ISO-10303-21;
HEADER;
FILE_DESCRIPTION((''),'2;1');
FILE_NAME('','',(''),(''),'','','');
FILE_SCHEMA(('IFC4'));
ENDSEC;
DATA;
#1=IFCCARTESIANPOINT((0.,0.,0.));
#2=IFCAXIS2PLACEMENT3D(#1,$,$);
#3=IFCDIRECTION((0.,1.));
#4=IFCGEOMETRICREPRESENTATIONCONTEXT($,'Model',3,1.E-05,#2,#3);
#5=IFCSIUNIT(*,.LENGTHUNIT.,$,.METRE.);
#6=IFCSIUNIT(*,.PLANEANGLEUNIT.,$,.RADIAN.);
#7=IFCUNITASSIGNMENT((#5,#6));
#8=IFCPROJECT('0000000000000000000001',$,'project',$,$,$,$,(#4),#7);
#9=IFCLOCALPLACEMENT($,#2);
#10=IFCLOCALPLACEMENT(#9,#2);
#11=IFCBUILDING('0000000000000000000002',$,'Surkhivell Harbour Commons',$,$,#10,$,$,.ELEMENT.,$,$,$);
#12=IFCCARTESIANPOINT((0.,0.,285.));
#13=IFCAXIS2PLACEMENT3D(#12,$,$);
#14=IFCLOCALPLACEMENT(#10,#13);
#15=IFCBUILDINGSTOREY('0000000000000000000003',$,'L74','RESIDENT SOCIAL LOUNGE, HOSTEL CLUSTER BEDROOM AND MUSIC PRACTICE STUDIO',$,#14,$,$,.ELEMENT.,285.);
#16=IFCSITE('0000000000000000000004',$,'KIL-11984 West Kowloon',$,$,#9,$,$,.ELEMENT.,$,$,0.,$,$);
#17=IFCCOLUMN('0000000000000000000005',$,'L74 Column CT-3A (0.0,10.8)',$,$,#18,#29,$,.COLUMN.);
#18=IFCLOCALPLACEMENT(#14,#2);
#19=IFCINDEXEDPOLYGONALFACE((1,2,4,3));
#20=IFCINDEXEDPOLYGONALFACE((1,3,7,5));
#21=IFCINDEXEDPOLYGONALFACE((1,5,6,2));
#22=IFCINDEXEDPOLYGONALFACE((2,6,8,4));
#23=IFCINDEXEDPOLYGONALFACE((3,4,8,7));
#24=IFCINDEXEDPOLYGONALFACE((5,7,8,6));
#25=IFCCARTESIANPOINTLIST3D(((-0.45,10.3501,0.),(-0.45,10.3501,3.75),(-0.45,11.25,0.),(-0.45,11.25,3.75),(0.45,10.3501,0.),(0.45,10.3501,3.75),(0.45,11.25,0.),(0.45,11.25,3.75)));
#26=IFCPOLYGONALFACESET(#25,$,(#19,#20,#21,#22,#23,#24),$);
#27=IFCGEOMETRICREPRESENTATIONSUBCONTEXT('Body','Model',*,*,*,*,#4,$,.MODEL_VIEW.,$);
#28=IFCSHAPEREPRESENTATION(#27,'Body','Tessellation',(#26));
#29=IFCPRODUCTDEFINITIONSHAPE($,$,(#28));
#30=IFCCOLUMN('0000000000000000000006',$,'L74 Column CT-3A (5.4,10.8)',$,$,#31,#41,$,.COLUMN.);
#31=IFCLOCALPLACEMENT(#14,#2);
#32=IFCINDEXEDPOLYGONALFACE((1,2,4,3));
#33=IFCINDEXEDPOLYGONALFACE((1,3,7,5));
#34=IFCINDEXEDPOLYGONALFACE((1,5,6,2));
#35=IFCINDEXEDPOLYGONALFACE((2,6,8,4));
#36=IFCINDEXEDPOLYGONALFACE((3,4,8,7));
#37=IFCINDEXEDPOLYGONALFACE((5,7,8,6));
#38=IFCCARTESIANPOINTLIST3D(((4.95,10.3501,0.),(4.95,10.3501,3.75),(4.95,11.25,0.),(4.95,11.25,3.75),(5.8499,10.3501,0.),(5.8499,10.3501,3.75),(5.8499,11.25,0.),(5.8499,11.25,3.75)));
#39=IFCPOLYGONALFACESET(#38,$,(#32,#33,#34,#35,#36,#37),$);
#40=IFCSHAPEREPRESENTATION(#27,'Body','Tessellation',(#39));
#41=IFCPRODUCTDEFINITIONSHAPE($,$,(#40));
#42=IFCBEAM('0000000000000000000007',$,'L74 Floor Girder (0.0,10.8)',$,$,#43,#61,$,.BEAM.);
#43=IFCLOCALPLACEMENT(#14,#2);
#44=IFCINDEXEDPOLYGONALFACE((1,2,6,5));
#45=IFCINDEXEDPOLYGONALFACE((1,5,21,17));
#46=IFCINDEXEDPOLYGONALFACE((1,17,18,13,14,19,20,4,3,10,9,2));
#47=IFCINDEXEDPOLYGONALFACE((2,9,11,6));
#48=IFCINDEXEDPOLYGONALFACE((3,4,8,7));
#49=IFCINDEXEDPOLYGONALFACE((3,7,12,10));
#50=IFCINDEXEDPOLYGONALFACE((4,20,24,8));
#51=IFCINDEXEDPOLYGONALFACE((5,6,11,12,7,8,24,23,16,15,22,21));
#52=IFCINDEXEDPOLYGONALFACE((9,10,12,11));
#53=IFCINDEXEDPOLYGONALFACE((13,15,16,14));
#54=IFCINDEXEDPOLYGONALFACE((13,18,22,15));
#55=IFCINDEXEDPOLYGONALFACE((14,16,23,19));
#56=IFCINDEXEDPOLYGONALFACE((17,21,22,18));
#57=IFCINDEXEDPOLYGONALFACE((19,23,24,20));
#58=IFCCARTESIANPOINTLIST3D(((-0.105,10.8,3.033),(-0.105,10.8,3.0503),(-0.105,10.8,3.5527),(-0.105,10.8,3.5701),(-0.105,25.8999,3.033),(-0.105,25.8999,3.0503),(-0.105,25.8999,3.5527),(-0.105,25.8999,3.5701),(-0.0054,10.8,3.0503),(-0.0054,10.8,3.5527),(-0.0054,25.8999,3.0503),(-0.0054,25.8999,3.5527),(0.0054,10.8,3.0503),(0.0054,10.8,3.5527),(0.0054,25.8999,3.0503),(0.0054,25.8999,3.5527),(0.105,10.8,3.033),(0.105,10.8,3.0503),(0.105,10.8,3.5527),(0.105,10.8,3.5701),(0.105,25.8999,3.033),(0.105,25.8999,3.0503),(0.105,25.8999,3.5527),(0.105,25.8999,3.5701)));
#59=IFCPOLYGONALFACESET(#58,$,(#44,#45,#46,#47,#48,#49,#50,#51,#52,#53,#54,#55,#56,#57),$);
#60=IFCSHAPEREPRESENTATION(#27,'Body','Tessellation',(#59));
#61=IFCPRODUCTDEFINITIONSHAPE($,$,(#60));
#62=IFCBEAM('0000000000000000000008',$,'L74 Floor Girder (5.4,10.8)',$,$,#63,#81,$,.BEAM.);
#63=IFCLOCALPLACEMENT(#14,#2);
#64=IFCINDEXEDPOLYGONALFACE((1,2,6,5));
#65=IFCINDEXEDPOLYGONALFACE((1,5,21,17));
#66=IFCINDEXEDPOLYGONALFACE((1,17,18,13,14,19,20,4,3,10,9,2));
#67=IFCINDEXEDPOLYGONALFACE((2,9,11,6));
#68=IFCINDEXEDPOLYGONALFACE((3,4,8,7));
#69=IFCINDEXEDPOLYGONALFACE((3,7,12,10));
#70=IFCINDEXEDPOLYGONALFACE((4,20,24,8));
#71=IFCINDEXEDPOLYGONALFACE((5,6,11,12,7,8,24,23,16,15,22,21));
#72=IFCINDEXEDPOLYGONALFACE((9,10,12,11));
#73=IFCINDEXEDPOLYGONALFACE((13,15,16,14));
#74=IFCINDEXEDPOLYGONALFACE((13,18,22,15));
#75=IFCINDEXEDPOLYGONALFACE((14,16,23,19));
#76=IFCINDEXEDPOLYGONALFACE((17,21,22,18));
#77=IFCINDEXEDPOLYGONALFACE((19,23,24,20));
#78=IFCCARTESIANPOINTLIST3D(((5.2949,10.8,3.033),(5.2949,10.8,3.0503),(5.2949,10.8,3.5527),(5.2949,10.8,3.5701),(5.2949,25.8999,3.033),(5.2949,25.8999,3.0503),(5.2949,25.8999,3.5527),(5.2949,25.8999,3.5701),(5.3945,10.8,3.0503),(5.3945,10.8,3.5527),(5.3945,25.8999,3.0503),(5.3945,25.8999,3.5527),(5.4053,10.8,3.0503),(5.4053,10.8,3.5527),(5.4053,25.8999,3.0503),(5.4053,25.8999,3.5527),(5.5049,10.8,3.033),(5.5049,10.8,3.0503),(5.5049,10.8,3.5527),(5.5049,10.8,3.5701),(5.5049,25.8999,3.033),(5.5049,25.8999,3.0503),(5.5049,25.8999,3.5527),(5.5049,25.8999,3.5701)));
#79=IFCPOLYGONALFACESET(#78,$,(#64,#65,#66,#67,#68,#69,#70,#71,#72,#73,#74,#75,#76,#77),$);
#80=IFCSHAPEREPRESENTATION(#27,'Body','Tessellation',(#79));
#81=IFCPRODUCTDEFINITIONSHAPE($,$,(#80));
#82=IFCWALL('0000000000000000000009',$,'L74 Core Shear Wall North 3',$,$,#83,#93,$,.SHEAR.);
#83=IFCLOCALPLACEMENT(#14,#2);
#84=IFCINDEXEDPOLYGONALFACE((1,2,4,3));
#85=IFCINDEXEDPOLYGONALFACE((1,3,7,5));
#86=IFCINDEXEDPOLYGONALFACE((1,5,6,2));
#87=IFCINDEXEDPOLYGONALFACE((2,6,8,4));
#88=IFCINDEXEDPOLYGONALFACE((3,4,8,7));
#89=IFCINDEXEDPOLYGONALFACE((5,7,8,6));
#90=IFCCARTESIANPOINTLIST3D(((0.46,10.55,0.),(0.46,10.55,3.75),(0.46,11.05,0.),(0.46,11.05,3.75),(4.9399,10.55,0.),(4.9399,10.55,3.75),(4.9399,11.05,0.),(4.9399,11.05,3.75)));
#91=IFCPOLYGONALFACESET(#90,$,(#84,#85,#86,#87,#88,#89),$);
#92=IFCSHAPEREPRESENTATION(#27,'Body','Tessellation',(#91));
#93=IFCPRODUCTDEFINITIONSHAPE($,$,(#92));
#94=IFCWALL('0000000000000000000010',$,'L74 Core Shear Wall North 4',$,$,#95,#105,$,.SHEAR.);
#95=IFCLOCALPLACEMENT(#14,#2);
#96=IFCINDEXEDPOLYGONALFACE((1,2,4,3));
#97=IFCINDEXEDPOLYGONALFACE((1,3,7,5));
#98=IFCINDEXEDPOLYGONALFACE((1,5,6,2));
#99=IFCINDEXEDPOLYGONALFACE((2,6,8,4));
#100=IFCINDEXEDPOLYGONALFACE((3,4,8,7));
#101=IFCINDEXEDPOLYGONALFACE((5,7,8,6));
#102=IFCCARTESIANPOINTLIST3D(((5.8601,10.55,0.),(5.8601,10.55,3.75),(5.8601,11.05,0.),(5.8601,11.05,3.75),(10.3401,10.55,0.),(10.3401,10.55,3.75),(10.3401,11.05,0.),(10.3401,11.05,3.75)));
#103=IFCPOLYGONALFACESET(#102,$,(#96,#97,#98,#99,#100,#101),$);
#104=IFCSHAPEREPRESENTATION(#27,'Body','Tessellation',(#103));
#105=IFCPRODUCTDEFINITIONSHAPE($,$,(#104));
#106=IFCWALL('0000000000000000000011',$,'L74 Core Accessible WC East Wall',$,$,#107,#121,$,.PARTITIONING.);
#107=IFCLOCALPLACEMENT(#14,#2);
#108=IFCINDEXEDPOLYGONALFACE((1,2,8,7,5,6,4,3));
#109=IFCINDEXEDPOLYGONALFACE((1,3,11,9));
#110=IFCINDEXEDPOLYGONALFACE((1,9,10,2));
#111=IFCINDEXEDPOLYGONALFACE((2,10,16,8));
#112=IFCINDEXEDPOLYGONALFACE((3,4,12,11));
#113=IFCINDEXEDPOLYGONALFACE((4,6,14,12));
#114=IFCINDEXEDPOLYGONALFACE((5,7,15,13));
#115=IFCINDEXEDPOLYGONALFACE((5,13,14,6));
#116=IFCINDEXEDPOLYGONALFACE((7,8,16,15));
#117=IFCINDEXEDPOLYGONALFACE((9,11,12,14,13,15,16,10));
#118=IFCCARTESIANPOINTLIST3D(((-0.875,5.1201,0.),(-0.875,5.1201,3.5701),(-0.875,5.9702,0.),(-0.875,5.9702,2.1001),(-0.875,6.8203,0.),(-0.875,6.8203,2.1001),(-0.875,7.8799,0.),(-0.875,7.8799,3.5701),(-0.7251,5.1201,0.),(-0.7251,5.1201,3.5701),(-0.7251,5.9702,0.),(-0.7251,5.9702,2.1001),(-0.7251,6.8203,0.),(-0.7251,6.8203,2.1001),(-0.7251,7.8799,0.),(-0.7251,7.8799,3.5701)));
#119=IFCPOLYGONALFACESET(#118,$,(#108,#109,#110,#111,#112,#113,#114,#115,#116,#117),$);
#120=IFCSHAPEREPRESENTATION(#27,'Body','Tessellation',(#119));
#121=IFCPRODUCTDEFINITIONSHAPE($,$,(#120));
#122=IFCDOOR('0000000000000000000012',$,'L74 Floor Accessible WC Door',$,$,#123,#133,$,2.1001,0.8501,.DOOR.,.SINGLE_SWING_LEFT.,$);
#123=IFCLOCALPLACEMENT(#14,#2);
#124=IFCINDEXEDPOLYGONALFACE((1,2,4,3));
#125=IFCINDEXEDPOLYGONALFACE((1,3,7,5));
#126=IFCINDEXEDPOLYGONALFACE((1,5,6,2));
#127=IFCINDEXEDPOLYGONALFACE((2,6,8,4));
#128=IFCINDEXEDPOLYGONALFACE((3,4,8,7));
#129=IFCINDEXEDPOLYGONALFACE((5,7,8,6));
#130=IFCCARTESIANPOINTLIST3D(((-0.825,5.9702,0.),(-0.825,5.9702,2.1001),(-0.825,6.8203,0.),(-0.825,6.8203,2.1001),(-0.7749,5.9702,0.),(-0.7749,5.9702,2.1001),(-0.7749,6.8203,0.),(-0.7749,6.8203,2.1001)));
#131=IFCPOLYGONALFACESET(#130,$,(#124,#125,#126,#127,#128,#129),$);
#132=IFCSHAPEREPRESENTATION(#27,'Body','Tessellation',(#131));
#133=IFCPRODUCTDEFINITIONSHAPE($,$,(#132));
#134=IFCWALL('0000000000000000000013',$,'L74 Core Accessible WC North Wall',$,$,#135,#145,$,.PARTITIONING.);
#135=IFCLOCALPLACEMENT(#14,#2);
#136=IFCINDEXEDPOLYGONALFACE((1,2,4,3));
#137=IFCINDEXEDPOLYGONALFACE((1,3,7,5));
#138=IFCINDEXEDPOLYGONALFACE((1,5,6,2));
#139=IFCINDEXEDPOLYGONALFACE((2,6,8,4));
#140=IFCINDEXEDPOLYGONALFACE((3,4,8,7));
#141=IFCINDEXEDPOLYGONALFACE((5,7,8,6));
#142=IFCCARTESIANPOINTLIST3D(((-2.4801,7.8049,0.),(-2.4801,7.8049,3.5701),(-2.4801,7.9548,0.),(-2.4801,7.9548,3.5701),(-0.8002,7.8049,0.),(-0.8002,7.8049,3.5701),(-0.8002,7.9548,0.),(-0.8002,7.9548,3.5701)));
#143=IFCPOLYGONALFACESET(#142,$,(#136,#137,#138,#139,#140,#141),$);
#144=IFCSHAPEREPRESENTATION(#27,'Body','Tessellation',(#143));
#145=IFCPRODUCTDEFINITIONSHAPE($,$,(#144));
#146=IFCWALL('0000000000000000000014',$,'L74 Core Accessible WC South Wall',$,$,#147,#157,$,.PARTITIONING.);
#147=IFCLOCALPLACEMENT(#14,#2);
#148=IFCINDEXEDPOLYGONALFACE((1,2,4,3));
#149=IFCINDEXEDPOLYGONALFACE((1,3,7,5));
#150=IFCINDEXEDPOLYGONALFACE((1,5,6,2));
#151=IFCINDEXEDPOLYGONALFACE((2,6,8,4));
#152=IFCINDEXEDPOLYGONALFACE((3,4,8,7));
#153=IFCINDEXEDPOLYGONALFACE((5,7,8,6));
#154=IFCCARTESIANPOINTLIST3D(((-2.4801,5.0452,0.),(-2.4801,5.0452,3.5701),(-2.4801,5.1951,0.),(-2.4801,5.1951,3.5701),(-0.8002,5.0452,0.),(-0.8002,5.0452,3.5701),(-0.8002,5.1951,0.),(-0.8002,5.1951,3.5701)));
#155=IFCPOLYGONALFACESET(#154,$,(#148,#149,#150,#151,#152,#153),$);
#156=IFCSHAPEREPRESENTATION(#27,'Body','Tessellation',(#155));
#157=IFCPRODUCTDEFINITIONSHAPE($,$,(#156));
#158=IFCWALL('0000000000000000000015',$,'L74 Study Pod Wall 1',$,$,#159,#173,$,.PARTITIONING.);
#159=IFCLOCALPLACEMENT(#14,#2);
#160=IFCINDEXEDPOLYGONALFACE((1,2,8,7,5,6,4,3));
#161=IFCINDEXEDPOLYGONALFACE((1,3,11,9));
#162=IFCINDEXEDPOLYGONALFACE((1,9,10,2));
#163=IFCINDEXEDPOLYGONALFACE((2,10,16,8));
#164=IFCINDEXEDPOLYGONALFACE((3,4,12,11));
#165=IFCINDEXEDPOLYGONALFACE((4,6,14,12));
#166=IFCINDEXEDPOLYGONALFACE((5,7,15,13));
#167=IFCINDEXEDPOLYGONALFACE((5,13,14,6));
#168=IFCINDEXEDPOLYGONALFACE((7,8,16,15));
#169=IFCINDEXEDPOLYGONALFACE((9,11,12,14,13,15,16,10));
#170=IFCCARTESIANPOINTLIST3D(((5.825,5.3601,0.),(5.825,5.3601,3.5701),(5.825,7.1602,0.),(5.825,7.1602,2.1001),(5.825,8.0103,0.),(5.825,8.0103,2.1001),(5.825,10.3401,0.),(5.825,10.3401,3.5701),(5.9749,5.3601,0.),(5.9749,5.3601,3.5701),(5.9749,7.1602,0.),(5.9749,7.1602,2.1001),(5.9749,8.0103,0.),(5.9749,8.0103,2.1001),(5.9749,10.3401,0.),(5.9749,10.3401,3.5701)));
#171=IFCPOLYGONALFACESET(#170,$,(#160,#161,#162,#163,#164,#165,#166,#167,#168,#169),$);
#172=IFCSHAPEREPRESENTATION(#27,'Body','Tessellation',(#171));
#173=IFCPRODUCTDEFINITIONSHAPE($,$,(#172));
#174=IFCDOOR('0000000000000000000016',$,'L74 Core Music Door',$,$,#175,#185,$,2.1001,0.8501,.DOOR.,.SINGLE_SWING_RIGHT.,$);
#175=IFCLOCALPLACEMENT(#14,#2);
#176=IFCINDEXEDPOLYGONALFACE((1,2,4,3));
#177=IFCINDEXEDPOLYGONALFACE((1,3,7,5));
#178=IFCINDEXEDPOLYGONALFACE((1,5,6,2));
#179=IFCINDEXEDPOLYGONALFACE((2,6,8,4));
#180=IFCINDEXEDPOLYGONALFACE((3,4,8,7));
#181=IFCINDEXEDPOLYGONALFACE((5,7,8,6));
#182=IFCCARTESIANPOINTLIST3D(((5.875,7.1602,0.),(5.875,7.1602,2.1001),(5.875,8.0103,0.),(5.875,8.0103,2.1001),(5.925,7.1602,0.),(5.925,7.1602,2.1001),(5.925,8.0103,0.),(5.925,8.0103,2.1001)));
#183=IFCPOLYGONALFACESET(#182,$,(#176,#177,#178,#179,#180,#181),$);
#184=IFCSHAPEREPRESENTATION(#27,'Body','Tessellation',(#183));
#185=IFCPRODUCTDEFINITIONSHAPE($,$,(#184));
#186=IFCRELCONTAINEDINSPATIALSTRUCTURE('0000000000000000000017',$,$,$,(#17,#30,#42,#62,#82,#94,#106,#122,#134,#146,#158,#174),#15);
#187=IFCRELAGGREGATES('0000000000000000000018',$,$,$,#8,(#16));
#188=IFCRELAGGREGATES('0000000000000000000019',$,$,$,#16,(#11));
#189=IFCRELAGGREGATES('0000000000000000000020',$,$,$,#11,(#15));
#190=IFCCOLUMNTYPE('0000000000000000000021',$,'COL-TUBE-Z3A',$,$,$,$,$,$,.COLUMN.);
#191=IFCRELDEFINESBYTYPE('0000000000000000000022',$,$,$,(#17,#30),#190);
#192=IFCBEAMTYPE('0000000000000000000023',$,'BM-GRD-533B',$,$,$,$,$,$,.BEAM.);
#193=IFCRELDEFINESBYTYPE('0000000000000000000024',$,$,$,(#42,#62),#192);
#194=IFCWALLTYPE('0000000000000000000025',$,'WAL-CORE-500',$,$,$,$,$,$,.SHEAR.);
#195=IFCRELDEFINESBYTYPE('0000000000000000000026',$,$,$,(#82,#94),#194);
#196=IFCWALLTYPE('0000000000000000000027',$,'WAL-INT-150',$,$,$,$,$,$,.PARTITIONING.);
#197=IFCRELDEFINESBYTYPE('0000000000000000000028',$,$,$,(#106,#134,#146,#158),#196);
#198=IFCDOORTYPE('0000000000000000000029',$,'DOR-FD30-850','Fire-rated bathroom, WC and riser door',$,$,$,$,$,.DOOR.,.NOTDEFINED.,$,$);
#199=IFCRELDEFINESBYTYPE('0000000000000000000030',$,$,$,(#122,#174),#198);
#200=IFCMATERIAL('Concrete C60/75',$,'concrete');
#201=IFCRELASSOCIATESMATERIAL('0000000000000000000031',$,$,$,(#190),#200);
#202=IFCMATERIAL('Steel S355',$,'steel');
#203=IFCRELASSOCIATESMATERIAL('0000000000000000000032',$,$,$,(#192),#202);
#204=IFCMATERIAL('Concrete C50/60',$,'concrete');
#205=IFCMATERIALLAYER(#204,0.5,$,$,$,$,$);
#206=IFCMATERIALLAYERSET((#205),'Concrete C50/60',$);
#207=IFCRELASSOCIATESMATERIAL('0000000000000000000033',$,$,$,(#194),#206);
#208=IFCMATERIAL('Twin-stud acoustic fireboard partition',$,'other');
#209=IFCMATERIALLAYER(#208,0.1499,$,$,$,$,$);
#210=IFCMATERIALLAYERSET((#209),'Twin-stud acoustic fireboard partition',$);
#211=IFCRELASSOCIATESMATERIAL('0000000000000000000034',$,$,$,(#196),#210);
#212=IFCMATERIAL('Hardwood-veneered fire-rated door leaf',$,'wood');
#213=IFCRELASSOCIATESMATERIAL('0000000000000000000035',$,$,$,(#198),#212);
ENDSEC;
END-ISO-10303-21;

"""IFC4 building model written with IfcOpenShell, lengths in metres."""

from ifc_helpers import new_model, si_unit, direction, frame, frame_2d, origin, origin_2d, place, context, subcontext, project, spatial, rectangle, i_section, extrude, material, layer, layer_set, material_profile, profile_set, type_object, element, fill, save


model = new_model("IFC4")

# Units and contexts
model_context = context("Model", 3, precision=1e-05, world=origin(), true_north=direction((0.0, 1.0)))
body_context = subcontext(model_context, "Body", "Model", "MODEL_VIEW")
ifc_project = project(units=[si_unit("LENGTHUNIT", "METRE"), si_unit("PLANEANGLEUNIT", "RADIAN")], contexts=[model_context])

# Site, building, storey
site_placement = place(None, origin())
site = spatial("IfcSite", under=ifc_project, at=site_placement, Name="KIL-11984 West Kowloon", CompositionType="ELEMENT", RefElevation=0.0)
building_placement = place(site_placement, origin())
building = spatial("IfcBuilding", under=site, at=building_placement, Name="Surkhivell Harbour Commons", CompositionType="ELEMENT")
storey_placement = place(building_placement, frame((0.0, 0.0, 285.0)))
storey = spatial("IfcBuildingStorey", under=building, at=storey_placement, Name="L74", Description="RESIDENT SOCIAL LOUNGE, HOSTEL CLUSTER BEDROOM AND MUSIC PRACTICE STUDIO", CompositionType="ELEMENT", Elevation=285.0)

# Columns
ifc_material_1 = material(Name="Concrete C60/75", Category="concrete")
ifc_material_profile_1 = material_profile(ifc_material_1, rectangle(XDim=0.8999, YDim=0.8999, at=origin_2d()), Name="RC-COL-900x900")
ifc_profile_set_1 = profile_set([ifc_material_profile_1], Name="Concrete C60/75")
column_type = type_object("IfcColumnType", Name="COL-TUBE-Z3A", PredefinedType="COLUMN", material=ifc_profile_set_1)
for number, where, z_axis, x_axis, name in (
    (1, (0.0, 10.8, 0.0), (0.0, 0.0, 1.0), (1.0, 0.0, 0.0), "L74 Column CT-3A (0.0,10.8)"),
    (2, (5.3999, 10.8, 0.0), (0.0, 0.0, 1.0), (1.0, 0.0, 0.0), "L74 Column CT-3A (5.4,10.8)"),
):
    element("IfcColumn", number, at=place(storey_placement, frame(where, z_axis=z_axis, x_axis=x_axis)), inside=storey, type_object=column_type, Name=name, PredefinedType="COLUMN", context=body_context, shape_type="SweptSolid", body=[
        extrude(rectangle(XDim=0.8999, YDim=0.8999, at=origin_2d()), origin(), (0.0, 0.0, 1.0), 3.75),
    ])

# Beams
ifc_material_2 = material(Name="Steel S355", Category="steel")
ifc_material_profile_2 = material_profile(ifc_material_2, i_section(OverallWidth=0.21, OverallDepth=0.5371, WebThickness=0.0107, FlangeThickness=0.0173, at=origin_2d()), Name="UB533x210x101")
ifc_profile_set_2 = profile_set([ifc_material_profile_2], Name="Steel S355")
beam_type = type_object("IfcBeamType", Name="BM-GRD-533B", PredefinedType="BEAM", material=ifc_profile_set_2)
for number, where, z_axis, x_axis, name in (
    (3, (0.0, 10.8, 3.3015), (0.0, 1.0, 0.0), (-1.0, 0.0, 0.0), "L74 Floor Girder (0.0,10.8)"),
    (4, (5.3999, 10.8, 3.3015), (0.0, 1.0, 0.0), (-1.0, 0.0, 0.0), "L74 Floor Girder (5.4,10.8)"),
):
    element("IfcBeam", number, at=place(storey_placement, frame(where, z_axis=z_axis, x_axis=x_axis)), inside=storey, type_object=beam_type, Name=name, PredefinedType="BEAM", context=body_context, shape_type="SweptSolid", body=[
        extrude(i_section(OverallWidth=0.21, OverallDepth=0.5371, WebThickness=0.0107, FlangeThickness=0.0173, at=origin_2d()), origin(), (0.0, 0.0, 1.0), 15.0999),
    ])

# Walls
ifc_material_3 = material(Name="Concrete C50/60", Category="concrete")
ifc_layer_1 = layer(ifc_material_3, 0.5)
ifc_layer_set_1 = layer_set([ifc_layer_1], Name="Concrete C50/60")
wall_type_1 = type_object("IfcWallType", Name="WAL-CORE-500", PredefinedType="SHEAR", material=ifc_layer_set_1)
for number, where, z_axis, x_axis, name in (
    (5, (0.46, 10.8, 0.0), (0.0, 0.0, 1.0), (1.0, 0.0, 0.0), "L74 Core Shear Wall North 3"),
    (6, (5.8601, 10.8, 0.0), (0.0, 0.0, 1.0), (1.0, 0.0, 0.0), "L74 Core Shear Wall North 4"),
):
    element("IfcWall", number, at=place(storey_placement, frame(where, z_axis=z_axis, x_axis=x_axis)), inside=storey, type_object=wall_type_1, Name=name, PredefinedType="SHEAR", context=body_context, shape_type="SweptSolid", body=[
        extrude(rectangle(XDim=4.48, YDim=0.5, at=frame_2d((2.24, 0.0))), origin(), (0.0, 0.0, 1.0), 3.75),
    ])

# Wall, opening, door
ifc_material_4 = material(Name="Twin-stud acoustic fireboard partition", Category="other")
ifc_layer_2 = layer(ifc_material_4, 0.1499)
ifc_layer_set_2 = layer_set([ifc_layer_2], Name="Twin-stud acoustic fireboard partition")
wall_type_2 = type_object("IfcWallType", Name="WAL-INT-150", PredefinedType="PARTITIONING", material=ifc_layer_set_2)
wall_1_placement = place(storey_placement, frame((-0.8, 5.1201, 0.0), z_axis=(0.0, 0.0, 1.0), x_axis=(0.0, 1.0, 0.0)))
wall_1 = element("IfcWall", 7, at=wall_1_placement, inside=storey, type_object=wall_type_2, Name="L74 Core Accessible WC East Wall", PredefinedType="PARTITIONING", context=body_context, shape_type="SweptSolid", body=[
    extrude(rectangle(XDim=2.7598, YDim=0.1499, at=frame_2d((1.3799, 0.0))), origin(), (0.0, 0.0, 1.0), 3.5701),
])
opening_1_placement = place(wall_1_placement, frame((0.8501, 0.0, 0.0)))
opening_1 = element("IfcOpeningElement", 8, at=opening_1_placement, cuts=wall_1, PredefinedType="OPENING", context=body_context, shape_type="SweptSolid", body=[
    extrude(rectangle(XDim=0.8501, YDim=2.1001, at=frame_2d((0.425, 1.05))), frame((0.0, 0.085, 0.0), z_axis=(0.0, -1.0, 0.0), x_axis=(1.0, 0.0, 0.0)), (0.0, 0.0, 1.0), 0.1699),
])
ifc_material_5 = material(Name="Hardwood-veneered fire-rated door leaf", Category="wood")
door_type_1 = type_object("IfcDoorType", Name="DOR-FD30-850", Description="Fire-rated bathroom, WC and riser door", OperationType="NOTDEFINED", PredefinedType="DOOR", material=ifc_material_5)
door_1_placement = place(opening_1_placement, origin())
door_1 = element("IfcDoor", 9, at=door_1_placement, inside=storey, type_object=door_type_1, Name="L74 Floor Accessible WC Door", OperationType="SINGLE_SWING_LEFT", OverallHeight=2.1001, OverallWidth=0.8501, PredefinedType="DOOR", context=body_context, shape_type="SweptSolid", body=[
    extrude(rectangle(XDim=0.8501, YDim=2.1001, at=frame_2d((0.425, 1.05))), frame((0.0, 0.0249, 0.0), z_axis=(0.0, -1.0, 0.0), x_axis=(1.0, 0.0, 0.0)), (0.0, 0.0, 1.0), 0.05),
])
fill(opening_1, door_1)

# Walls
for number, where, z_axis, x_axis, name in (
    (10, (-2.48, 7.8799, 0.0), (0.0, 0.0, 1.0), (1.0, 0.0, 0.0), "L74 Core Accessible WC North Wall"),
    (11, (-2.48, 5.1201, 0.0), (0.0, 0.0, 1.0), (1.0, 0.0, 0.0), "L74 Core Accessible WC South Wall"),
):
    element("IfcWall", number, at=place(storey_placement, frame(where, z_axis=z_axis, x_axis=x_axis)), inside=storey, type_object=wall_type_2, Name=name, PredefinedType="PARTITIONING", context=body_context, shape_type="SweptSolid", body=[
        extrude(rectangle(XDim=1.6799, YDim=0.1499, at=frame_2d((0.8398, 0.0))), origin(), (0.0, 0.0, 1.0), 3.5701),
    ])

# Wall, opening, door
wall_2_placement = place(storey_placement, frame((5.8999, 5.3601, 0.0), z_axis=(0.0, 0.0, 1.0), x_axis=(0.0, 1.0, 0.0)))
wall_2 = element("IfcWall", 12, at=wall_2_placement, inside=storey, type_object=wall_type_2, Name="L74 Study Pod Wall 1", PredefinedType="PARTITIONING", context=body_context, shape_type="SweptSolid", body=[
    extrude(rectangle(XDim=4.98, YDim=0.1499, at=frame_2d((2.49, 0.0))), origin(), (0.0, 0.0, 1.0), 3.5701),
])
opening_2_placement = place(wall_2_placement, frame((1.8, 0.0, 0.0)))
opening_2 = element("IfcOpeningElement", 13, at=opening_2_placement, cuts=wall_2, PredefinedType="OPENING", context=body_context, shape_type="SweptSolid", body=[
    extrude(rectangle(XDim=0.8501, YDim=2.1001, at=frame_2d((0.425, 1.05))), frame((0.0, 0.085, 0.0), z_axis=(0.0, -1.0, 0.0), x_axis=(1.0, 0.0, 0.0)), (0.0, 0.0, 1.0), 0.1699),
])
door_2_placement = place(opening_2_placement, origin())
door_2 = element("IfcDoor", 14, at=door_2_placement, inside=storey, type_object=door_type_1, Name="L74 Core Music Door", OperationType="SINGLE_SWING_RIGHT", OverallHeight=2.1001, OverallWidth=0.8501, PredefinedType="DOOR", context=body_context, shape_type="SweptSolid", body=[
    extrude(rectangle(XDim=0.8501, YDim=2.1001, at=frame_2d((0.425, 1.05))), frame((0.0, 0.0249, 0.0), z_axis=(0.0, -1.0, 0.0), x_axis=(1.0, 0.0, 0.0)), (0.0, 0.0, 1.0), 0.05),
])
fill(opening_2, door_2)

save(model, "model.ifc")
